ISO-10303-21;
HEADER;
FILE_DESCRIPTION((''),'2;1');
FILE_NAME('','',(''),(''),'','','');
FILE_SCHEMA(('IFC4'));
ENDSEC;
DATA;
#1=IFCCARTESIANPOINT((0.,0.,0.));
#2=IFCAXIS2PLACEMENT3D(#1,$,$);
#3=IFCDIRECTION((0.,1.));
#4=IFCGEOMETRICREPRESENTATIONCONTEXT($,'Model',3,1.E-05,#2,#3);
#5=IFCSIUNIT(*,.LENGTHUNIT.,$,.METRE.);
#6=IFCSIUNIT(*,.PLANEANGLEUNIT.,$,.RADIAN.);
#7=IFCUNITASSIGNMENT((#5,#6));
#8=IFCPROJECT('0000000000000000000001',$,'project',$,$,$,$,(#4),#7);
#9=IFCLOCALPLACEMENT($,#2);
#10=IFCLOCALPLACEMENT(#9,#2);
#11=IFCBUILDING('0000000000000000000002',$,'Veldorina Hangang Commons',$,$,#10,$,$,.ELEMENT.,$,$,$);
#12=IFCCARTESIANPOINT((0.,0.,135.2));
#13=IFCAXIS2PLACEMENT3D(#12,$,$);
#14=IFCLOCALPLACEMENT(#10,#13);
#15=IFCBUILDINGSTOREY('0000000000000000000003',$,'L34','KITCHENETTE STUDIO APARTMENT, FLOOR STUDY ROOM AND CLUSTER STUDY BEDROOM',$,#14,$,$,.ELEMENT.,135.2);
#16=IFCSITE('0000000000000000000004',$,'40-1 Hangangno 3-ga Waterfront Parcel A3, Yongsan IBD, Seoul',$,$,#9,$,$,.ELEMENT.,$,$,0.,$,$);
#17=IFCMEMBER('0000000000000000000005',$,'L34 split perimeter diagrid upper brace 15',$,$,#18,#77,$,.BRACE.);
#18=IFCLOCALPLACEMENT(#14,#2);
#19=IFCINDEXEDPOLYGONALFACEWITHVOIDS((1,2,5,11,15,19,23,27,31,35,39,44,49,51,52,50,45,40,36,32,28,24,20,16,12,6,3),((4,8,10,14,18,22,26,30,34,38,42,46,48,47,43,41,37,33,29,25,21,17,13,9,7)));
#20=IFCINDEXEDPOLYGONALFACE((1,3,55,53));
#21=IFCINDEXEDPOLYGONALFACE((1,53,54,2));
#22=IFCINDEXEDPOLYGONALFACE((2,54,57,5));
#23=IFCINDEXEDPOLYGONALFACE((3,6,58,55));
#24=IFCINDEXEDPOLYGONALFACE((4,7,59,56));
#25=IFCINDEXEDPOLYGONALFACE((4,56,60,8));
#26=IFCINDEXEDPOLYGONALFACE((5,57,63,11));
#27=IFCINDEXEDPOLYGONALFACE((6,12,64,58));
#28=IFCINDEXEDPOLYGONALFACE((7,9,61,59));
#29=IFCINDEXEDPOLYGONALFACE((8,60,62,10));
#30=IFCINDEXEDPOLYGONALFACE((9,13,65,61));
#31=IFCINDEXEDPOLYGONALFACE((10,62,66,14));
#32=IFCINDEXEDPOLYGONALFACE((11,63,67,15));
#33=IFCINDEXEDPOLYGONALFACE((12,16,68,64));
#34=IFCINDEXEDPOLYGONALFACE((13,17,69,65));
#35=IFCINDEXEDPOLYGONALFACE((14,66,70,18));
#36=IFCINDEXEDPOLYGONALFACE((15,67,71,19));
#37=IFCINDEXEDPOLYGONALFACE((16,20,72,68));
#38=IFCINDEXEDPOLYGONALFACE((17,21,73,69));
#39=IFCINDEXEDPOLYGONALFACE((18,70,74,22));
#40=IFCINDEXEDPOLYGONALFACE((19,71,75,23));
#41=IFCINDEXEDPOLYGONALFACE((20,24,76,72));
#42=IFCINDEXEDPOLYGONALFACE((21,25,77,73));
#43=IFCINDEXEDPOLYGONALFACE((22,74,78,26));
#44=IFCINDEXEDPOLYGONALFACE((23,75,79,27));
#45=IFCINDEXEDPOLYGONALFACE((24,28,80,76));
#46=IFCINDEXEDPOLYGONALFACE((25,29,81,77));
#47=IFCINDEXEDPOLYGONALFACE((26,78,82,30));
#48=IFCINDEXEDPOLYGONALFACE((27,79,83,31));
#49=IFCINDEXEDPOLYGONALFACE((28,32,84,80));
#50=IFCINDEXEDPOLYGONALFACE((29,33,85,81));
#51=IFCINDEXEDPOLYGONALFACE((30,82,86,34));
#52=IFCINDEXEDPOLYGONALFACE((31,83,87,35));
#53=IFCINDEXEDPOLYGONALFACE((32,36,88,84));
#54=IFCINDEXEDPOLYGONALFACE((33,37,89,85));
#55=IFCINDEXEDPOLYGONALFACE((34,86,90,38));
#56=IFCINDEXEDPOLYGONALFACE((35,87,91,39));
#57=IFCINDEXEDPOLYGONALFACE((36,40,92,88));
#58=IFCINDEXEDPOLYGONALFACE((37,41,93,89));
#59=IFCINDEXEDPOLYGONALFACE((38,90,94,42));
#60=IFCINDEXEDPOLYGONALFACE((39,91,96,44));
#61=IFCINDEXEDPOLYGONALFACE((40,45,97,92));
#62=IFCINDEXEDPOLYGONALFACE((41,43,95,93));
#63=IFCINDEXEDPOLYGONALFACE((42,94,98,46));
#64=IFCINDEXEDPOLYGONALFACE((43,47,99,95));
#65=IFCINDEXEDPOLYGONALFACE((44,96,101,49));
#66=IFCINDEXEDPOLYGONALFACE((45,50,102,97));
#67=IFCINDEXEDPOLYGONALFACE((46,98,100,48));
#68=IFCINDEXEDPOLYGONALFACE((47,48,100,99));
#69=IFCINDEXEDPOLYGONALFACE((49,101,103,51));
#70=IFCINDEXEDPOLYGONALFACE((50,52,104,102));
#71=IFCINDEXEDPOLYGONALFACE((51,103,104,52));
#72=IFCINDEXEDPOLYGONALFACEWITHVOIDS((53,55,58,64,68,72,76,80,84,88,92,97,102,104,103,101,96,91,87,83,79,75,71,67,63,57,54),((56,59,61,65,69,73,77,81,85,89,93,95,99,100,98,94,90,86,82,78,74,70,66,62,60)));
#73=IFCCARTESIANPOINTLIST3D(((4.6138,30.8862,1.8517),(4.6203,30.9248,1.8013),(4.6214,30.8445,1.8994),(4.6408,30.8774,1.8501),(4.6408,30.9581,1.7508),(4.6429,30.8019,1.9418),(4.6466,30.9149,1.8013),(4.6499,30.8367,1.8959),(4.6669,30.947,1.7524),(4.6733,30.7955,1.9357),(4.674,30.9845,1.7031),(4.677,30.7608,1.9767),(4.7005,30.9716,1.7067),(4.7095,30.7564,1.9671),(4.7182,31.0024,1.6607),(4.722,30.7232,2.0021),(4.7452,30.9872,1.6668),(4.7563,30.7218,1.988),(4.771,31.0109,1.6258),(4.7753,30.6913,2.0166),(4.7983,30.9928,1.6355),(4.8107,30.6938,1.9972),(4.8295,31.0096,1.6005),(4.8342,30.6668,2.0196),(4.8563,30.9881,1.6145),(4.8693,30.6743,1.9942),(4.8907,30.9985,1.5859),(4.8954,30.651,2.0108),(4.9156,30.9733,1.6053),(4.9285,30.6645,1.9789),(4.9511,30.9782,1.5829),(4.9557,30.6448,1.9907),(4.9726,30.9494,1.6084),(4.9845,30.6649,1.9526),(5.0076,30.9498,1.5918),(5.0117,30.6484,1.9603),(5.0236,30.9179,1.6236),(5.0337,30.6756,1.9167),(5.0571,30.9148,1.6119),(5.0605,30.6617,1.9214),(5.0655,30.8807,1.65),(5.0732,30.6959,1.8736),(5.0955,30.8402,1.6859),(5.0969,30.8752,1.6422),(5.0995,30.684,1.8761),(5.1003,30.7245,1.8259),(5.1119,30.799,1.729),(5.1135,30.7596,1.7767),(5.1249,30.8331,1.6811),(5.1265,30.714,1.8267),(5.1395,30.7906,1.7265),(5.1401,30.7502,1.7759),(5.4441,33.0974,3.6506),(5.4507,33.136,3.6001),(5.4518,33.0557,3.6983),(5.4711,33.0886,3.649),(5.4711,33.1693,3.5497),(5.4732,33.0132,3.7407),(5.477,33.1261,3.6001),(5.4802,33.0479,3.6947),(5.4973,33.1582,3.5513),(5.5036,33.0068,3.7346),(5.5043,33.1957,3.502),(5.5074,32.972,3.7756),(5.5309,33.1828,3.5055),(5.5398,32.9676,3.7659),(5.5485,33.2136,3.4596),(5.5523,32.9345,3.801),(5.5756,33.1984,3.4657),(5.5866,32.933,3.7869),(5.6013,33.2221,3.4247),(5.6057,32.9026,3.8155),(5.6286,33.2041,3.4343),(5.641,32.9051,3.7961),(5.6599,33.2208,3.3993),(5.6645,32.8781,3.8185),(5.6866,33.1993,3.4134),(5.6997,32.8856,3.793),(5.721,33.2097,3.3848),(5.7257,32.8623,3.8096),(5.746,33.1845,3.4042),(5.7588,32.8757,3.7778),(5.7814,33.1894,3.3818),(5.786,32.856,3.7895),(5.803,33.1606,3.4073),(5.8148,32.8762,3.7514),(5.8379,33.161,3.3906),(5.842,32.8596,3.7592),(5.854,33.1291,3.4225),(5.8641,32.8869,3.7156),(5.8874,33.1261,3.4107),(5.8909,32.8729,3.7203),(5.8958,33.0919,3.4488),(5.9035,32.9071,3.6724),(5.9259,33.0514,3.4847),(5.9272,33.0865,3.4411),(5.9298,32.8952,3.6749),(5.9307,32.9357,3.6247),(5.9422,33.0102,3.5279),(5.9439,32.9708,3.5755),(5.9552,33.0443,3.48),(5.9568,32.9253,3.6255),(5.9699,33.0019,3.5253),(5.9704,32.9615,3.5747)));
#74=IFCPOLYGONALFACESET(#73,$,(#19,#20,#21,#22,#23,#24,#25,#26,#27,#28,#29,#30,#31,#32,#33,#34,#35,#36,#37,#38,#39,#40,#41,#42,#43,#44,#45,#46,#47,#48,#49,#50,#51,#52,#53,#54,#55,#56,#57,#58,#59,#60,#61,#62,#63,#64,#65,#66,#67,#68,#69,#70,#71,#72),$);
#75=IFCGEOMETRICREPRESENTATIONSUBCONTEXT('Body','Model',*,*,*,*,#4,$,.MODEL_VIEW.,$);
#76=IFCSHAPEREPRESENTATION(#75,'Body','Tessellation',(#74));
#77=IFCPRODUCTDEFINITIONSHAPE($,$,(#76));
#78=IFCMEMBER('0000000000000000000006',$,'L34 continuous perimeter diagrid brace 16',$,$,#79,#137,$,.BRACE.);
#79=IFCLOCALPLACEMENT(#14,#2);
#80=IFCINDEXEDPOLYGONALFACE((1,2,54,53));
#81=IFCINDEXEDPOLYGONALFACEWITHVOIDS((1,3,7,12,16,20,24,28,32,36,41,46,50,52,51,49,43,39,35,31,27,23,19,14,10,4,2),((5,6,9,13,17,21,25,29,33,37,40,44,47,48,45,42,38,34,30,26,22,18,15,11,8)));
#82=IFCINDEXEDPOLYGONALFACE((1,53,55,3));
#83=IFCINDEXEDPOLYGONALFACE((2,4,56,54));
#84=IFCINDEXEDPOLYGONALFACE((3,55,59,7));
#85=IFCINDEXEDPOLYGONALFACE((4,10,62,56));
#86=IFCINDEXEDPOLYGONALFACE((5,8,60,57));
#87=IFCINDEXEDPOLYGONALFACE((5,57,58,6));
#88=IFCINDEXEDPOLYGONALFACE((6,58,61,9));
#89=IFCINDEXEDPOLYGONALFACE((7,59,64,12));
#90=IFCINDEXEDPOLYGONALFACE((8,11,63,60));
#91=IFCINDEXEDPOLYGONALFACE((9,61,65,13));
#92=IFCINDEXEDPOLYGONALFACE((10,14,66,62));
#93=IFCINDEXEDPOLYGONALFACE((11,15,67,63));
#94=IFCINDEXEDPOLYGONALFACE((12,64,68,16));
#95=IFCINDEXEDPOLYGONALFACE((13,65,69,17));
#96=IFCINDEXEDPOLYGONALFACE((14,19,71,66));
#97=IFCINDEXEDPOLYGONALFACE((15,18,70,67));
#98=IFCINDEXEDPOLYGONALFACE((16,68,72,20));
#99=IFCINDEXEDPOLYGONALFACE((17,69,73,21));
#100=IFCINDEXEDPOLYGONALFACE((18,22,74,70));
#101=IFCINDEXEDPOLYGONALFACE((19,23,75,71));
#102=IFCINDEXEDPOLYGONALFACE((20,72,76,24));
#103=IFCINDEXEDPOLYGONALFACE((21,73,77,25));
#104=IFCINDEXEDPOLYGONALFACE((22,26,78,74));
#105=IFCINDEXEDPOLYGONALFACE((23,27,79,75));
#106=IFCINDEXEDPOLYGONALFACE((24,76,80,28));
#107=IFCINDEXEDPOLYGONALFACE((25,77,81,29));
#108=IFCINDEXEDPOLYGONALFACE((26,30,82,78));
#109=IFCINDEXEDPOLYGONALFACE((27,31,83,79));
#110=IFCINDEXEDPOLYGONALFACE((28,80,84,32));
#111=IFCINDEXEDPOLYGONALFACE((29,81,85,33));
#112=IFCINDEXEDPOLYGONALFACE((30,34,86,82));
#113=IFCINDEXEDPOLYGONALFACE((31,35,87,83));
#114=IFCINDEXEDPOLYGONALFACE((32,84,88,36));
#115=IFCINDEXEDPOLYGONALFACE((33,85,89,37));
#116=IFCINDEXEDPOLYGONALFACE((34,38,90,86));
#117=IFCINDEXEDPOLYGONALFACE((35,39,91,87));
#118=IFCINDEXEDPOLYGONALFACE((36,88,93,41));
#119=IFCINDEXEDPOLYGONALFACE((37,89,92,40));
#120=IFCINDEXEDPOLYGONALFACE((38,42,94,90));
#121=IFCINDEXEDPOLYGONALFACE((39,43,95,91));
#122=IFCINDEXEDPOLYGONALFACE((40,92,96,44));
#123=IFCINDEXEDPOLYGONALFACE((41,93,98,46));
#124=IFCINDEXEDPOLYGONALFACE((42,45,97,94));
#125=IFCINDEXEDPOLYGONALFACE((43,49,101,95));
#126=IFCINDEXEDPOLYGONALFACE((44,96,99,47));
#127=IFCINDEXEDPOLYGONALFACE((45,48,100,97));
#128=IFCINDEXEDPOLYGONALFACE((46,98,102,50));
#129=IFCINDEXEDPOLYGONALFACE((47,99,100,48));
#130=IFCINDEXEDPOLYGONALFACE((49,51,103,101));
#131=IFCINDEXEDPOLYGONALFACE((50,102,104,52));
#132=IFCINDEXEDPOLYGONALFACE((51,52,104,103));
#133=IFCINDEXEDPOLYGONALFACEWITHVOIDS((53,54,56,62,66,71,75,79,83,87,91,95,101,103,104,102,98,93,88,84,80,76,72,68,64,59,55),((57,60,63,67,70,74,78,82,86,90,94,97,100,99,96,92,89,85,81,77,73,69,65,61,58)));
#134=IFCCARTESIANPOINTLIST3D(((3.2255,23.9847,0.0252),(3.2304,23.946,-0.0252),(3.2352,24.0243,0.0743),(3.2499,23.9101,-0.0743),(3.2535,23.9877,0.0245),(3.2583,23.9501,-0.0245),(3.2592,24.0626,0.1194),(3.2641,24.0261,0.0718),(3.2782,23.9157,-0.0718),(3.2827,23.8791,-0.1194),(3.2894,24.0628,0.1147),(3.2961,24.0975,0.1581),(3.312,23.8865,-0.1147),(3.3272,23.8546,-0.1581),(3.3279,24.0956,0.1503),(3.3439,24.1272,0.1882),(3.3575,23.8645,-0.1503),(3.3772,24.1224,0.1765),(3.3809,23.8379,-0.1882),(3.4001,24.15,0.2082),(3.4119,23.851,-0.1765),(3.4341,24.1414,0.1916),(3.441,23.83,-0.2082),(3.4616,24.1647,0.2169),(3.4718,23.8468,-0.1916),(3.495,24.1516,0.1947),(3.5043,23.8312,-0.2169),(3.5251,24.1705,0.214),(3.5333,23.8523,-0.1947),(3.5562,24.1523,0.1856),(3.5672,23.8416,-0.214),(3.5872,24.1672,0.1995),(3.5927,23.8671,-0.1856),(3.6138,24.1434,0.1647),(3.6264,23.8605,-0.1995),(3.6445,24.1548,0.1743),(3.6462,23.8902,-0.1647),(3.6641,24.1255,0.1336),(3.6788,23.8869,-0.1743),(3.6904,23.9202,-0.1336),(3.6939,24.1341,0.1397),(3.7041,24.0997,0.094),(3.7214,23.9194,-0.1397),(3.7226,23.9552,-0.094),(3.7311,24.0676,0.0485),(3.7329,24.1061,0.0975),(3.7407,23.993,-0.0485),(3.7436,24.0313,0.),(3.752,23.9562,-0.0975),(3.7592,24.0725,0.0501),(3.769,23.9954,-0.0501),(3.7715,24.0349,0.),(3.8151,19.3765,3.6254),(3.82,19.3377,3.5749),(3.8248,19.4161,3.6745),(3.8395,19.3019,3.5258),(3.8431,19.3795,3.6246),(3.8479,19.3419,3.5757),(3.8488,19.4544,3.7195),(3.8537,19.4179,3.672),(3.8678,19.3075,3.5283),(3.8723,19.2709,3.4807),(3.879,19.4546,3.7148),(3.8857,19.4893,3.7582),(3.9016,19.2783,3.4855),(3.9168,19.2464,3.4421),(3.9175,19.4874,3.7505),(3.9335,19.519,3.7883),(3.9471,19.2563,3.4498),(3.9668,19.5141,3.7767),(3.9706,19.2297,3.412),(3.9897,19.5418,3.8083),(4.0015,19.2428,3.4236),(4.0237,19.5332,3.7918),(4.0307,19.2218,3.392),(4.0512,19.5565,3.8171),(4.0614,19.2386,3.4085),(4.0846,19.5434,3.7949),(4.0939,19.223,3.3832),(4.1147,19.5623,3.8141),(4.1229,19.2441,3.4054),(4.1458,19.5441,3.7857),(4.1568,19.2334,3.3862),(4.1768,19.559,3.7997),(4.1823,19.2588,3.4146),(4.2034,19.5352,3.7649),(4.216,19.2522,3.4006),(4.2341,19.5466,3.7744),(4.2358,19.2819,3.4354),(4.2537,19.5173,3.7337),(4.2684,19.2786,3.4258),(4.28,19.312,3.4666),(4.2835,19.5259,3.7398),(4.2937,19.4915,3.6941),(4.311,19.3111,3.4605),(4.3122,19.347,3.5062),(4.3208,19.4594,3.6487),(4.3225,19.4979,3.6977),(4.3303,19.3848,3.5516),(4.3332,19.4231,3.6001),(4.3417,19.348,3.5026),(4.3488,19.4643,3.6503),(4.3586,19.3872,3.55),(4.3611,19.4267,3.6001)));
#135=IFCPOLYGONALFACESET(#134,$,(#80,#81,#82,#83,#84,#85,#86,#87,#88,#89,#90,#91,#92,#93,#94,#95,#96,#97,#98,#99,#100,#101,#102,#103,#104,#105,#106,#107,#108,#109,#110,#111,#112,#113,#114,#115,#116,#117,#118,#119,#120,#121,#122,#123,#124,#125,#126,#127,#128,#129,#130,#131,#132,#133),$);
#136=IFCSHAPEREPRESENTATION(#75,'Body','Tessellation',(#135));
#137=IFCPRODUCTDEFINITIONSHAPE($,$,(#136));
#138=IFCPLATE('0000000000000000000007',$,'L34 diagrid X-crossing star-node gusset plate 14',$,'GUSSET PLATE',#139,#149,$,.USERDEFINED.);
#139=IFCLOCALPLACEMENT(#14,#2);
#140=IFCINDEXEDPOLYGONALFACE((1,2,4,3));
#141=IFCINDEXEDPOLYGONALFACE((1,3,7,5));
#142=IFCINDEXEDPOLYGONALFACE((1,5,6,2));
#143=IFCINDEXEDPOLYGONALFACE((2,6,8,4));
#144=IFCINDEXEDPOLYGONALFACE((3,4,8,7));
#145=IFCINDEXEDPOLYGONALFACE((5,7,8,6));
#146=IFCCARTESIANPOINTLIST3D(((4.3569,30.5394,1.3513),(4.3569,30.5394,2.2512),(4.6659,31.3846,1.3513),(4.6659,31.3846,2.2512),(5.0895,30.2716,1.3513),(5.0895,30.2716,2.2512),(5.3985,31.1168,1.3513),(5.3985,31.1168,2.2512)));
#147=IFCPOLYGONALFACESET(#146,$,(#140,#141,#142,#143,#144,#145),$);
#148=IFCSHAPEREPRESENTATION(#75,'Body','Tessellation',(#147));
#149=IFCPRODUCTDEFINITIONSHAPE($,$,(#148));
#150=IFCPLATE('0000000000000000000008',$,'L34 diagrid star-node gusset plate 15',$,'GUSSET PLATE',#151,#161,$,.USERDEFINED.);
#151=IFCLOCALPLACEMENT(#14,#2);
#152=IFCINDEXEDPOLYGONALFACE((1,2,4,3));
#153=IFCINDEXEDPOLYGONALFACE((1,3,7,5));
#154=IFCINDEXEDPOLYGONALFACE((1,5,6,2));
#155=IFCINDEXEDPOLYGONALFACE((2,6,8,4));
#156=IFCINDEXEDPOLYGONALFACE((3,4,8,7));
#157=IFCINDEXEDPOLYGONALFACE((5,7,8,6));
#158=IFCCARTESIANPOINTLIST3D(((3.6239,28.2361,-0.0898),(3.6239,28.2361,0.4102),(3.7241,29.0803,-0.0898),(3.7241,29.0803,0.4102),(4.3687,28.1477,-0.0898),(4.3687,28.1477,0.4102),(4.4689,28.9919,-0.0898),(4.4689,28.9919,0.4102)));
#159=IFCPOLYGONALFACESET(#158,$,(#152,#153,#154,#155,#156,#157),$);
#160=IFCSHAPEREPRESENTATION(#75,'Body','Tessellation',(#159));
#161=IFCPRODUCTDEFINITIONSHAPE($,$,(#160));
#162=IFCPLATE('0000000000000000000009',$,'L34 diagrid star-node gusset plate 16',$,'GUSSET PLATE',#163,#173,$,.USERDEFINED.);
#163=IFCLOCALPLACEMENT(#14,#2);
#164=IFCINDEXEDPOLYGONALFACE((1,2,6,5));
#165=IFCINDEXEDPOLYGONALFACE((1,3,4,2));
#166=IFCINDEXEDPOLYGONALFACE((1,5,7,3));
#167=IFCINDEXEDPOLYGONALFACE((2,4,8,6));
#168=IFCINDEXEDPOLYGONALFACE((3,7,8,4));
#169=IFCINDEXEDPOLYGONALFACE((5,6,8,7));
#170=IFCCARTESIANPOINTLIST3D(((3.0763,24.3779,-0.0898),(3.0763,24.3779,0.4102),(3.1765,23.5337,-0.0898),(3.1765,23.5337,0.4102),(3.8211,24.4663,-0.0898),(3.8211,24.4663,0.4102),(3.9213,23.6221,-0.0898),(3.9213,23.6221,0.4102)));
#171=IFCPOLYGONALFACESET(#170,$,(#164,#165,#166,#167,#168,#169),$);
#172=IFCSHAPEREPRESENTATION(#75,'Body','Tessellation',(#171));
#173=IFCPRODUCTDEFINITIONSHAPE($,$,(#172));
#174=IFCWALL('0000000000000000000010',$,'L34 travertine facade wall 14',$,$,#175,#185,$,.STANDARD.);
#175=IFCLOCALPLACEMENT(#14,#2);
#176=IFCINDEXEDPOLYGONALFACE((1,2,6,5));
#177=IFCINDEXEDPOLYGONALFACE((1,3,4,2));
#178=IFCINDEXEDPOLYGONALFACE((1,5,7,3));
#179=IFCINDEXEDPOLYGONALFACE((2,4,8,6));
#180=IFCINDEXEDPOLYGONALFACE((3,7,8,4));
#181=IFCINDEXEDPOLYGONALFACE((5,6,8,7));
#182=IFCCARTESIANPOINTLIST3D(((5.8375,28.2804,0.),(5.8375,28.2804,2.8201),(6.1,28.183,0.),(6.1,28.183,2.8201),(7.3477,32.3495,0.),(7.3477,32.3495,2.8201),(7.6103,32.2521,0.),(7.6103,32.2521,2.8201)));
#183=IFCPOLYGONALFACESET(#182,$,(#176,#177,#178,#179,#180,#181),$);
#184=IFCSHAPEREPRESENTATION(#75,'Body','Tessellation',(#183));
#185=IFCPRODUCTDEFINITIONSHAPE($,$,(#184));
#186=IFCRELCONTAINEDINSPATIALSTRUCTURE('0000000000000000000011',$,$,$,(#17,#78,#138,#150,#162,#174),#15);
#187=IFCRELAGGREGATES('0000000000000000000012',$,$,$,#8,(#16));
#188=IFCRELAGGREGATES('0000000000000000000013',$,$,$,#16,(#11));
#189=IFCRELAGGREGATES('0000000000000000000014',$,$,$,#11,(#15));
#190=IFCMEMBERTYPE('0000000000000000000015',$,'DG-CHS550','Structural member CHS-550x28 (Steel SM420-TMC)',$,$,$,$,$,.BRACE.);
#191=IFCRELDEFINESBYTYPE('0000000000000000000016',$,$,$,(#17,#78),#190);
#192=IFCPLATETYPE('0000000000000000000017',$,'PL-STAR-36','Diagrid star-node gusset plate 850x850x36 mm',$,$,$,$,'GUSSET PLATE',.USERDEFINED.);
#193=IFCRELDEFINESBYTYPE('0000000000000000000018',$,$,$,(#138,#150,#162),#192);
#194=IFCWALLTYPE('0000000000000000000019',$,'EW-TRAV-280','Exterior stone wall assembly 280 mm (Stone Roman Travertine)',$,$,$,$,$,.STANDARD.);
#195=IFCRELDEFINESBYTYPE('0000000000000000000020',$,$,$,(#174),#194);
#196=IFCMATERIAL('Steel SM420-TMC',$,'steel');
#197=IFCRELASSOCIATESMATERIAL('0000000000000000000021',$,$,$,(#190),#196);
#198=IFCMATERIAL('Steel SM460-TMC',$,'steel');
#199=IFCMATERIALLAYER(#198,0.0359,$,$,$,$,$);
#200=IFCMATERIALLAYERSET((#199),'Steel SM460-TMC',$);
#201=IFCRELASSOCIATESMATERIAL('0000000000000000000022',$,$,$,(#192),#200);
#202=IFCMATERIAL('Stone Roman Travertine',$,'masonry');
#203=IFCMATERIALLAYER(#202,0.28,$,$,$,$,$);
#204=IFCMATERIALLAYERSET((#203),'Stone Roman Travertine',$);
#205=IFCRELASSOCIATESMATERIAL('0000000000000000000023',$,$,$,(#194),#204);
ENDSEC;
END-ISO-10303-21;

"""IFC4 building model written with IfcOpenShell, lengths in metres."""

from ifc_helpers import new_model, si_unit, direction, frame, frame_2d, origin, origin_2d, place, context, subcontext, project, spatial, rectangle, hollow_circle, extrude, material, layer, layer_set, material_profile, profile_set, type_object, element, save


model = new_model("IFC4")

# Units and contexts
model_context = context("Model", 3, precision=1e-05, world=origin(), true_north=direction((0.0, 1.0)))
body_context = subcontext(model_context, "Body", "Model", "MODEL_VIEW")
ifc_project = project(units=[si_unit("LENGTHUNIT", "METRE"), si_unit("PLANEANGLEUNIT", "RADIAN")], contexts=[model_context])

# Site, building, storey
site_placement = place(None, origin())
site = spatial("IfcSite", under=ifc_project, at=site_placement, Name="40-1 Hangangno 3-ga Waterfront Parcel A3, Yongsan IBD, Seoul", CompositionType="ELEMENT", RefElevation=0.0)
building_placement = place(site_placement, origin())
building = spatial("IfcBuilding", under=site, at=building_placement, Name="Veldorina Hangang Commons", CompositionType="ELEMENT")
storey_placement = place(building_placement, frame((0.0, 0.0, 135.2)))
storey = spatial("IfcBuildingStorey", under=building, at=storey_placement, Name="L34", Description="KITCHENETTE STUDIO APARTMENT, FLOOR STUDY ROOM AND CLUSTER STUDY BEDROOM", CompositionType="ELEMENT", Elevation=135.2)

# Shared definitions
ifc_material_1 = material(Name="Steel SM420-TMC", Category="steel")

# Members
ifc_material_profile_1 = material_profile(ifc_material_1, hollow_circle(Radius=0.2749, WallThickness=0.0281, at=origin_2d()), Name="CHS-550x28")
ifc_profile_set_1 = profile_set([ifc_material_profile_1], Name="Steel SM420-TMC")
member_type = type_object("IfcMemberType", Name="DG-CHS550", Description="Structural member CHS-550x28 (Steel SM420-TMC)", PredefinedType="BRACE", material=ifc_profile_set_1)
member_1_placement = place(storey_placement, frame((4.8777, 30.8281, 1.8013), z_axis=(0.279671, 0.744774, 0.605884), x_axis=(-0.936172, 0.351543, 0.0)))
element("IfcMember", 1, at=member_1_placement, inside=storey, type_object=member_type, Name="L34 split perimeter diagrid upper brace 15", PredefinedType="BRACE", context=body_context, shape_type="SweptSolid", body=[
    extrude(hollow_circle(Radius=0.2749, WallThickness=0.0281, at=origin_2d()), origin(), (0.0, 0.0, 1.0), 2.969),
])
member_2_placement = place(storey_placement, frame((3.4988, 24.0, 0.0), z_axis=(0.100317, -0.784051, 0.612536), x_axis=(0.991914, 0.126912, 0.0)))
element("IfcMember", 2, at=member_2_placement, inside=storey, type_object=member_type, Name="L34 continuous perimeter diagrid brace 16", PredefinedType="BRACE", context=body_context, shape_type="SweptSolid", body=[
    extrude(hollow_circle(Radius=0.2749, WallThickness=0.0281, at=origin_2d()), origin(), (0.0, 0.0, 1.0), 5.8774),
])

# Plates
ifc_material_2 = material(Name="Steel SM460-TMC", Category="steel")
ifc_layer_1 = layer(ifc_material_2, 0.0359)
ifc_layer_set_1 = layer_set([ifc_layer_1], Name="Steel SM460-TMC")
plate_type = type_object("IfcPlateType", Name="PL-STAR-36", Description="Diagrid star-node gusset plate 850x850x36 mm", ElementType="GUSSET PLATE", PredefinedType="USERDEFINED", material=ifc_layer_set_1)
plate_placement = place(storey_placement, frame((4.8777, 30.8281, 1.3513), z_axis=(0.0, 0.0, 1.0), x_axis=(-0.343348, -0.939208, 0.0)))
element("IfcPlate", 3, at=plate_placement, inside=storey, type_object=plate_type, Name="L34 diagrid X-crossing star-node gusset plate 14", ObjectType="GUSSET PLATE", PredefinedType="USERDEFINED", context=body_context, shape_type="SweptSolid", body=[
    extrude(rectangle(XDim=0.8999, YDim=0.78, at=origin_2d()), origin(), (0.0, 0.0, 1.0), 0.8999),
])
for number, where, z_axis, x_axis, name in (
    (4, (4.0464, 28.614, -0.0898), (0.0, 0.0, 1.0), (-0.117849, -0.993031, 0.0), "L34 diagrid star-node gusset plate 15"),
    (5, (3.4988, 24.0, -0.0898), (0.0, 0.0, 1.0), (0.117849, -0.993031, 0.0), "L34 diagrid star-node gusset plate 16"),
):
    element("IfcPlate", number, at=place(storey_placement, frame(where, z_axis=z_axis, x_axis=x_axis)), inside=storey, type_object=plate_type, Name=name, ObjectType="GUSSET PLATE", PredefinedType="USERDEFINED", context=body_context, shape_type="SweptSolid", body=[
        extrude(rectangle(XDim=0.8501, YDim=0.75, at=origin_2d()), origin(), (0.0, 0.0, 1.0), 0.5),
    ])

# Wall
ifc_material_3 = material(Name="Stone Roman Travertine", Category="masonry")
ifc_layer_2 = layer(ifc_material_3, 0.28)
ifc_layer_set_2 = layer_set([ifc_layer_2], Name="Stone Roman Travertine")
wall_type_1 = type_object("IfcWallType", Name="EW-TRAV-280", Description="Exterior stone wall assembly 280 mm (Stone Roman Travertine)", PredefinedType="STANDARD", material=ifc_layer_set_2)
wall_1_placement = place(storey_placement, frame((7.479, 32.3008, 0.0), z_axis=(0.0, 0.0, 1.0), x_axis=(-0.347959, -0.93751, 0.0)))
element("IfcWall", 6, at=wall_1_placement, inside=storey, type_object=wall_type_1, Name="L34 travertine facade wall 14", PredefinedType="STANDARD", context=body_context, shape_type="SweptSolid", body=[
    extrude(rectangle(XDim=4.3403, YDim=0.28, at=frame_2d((2.1702, 0.0))), origin(), (0.0, 0.0, 1.0), 2.8201),
])

save(model, "model.ifc")
